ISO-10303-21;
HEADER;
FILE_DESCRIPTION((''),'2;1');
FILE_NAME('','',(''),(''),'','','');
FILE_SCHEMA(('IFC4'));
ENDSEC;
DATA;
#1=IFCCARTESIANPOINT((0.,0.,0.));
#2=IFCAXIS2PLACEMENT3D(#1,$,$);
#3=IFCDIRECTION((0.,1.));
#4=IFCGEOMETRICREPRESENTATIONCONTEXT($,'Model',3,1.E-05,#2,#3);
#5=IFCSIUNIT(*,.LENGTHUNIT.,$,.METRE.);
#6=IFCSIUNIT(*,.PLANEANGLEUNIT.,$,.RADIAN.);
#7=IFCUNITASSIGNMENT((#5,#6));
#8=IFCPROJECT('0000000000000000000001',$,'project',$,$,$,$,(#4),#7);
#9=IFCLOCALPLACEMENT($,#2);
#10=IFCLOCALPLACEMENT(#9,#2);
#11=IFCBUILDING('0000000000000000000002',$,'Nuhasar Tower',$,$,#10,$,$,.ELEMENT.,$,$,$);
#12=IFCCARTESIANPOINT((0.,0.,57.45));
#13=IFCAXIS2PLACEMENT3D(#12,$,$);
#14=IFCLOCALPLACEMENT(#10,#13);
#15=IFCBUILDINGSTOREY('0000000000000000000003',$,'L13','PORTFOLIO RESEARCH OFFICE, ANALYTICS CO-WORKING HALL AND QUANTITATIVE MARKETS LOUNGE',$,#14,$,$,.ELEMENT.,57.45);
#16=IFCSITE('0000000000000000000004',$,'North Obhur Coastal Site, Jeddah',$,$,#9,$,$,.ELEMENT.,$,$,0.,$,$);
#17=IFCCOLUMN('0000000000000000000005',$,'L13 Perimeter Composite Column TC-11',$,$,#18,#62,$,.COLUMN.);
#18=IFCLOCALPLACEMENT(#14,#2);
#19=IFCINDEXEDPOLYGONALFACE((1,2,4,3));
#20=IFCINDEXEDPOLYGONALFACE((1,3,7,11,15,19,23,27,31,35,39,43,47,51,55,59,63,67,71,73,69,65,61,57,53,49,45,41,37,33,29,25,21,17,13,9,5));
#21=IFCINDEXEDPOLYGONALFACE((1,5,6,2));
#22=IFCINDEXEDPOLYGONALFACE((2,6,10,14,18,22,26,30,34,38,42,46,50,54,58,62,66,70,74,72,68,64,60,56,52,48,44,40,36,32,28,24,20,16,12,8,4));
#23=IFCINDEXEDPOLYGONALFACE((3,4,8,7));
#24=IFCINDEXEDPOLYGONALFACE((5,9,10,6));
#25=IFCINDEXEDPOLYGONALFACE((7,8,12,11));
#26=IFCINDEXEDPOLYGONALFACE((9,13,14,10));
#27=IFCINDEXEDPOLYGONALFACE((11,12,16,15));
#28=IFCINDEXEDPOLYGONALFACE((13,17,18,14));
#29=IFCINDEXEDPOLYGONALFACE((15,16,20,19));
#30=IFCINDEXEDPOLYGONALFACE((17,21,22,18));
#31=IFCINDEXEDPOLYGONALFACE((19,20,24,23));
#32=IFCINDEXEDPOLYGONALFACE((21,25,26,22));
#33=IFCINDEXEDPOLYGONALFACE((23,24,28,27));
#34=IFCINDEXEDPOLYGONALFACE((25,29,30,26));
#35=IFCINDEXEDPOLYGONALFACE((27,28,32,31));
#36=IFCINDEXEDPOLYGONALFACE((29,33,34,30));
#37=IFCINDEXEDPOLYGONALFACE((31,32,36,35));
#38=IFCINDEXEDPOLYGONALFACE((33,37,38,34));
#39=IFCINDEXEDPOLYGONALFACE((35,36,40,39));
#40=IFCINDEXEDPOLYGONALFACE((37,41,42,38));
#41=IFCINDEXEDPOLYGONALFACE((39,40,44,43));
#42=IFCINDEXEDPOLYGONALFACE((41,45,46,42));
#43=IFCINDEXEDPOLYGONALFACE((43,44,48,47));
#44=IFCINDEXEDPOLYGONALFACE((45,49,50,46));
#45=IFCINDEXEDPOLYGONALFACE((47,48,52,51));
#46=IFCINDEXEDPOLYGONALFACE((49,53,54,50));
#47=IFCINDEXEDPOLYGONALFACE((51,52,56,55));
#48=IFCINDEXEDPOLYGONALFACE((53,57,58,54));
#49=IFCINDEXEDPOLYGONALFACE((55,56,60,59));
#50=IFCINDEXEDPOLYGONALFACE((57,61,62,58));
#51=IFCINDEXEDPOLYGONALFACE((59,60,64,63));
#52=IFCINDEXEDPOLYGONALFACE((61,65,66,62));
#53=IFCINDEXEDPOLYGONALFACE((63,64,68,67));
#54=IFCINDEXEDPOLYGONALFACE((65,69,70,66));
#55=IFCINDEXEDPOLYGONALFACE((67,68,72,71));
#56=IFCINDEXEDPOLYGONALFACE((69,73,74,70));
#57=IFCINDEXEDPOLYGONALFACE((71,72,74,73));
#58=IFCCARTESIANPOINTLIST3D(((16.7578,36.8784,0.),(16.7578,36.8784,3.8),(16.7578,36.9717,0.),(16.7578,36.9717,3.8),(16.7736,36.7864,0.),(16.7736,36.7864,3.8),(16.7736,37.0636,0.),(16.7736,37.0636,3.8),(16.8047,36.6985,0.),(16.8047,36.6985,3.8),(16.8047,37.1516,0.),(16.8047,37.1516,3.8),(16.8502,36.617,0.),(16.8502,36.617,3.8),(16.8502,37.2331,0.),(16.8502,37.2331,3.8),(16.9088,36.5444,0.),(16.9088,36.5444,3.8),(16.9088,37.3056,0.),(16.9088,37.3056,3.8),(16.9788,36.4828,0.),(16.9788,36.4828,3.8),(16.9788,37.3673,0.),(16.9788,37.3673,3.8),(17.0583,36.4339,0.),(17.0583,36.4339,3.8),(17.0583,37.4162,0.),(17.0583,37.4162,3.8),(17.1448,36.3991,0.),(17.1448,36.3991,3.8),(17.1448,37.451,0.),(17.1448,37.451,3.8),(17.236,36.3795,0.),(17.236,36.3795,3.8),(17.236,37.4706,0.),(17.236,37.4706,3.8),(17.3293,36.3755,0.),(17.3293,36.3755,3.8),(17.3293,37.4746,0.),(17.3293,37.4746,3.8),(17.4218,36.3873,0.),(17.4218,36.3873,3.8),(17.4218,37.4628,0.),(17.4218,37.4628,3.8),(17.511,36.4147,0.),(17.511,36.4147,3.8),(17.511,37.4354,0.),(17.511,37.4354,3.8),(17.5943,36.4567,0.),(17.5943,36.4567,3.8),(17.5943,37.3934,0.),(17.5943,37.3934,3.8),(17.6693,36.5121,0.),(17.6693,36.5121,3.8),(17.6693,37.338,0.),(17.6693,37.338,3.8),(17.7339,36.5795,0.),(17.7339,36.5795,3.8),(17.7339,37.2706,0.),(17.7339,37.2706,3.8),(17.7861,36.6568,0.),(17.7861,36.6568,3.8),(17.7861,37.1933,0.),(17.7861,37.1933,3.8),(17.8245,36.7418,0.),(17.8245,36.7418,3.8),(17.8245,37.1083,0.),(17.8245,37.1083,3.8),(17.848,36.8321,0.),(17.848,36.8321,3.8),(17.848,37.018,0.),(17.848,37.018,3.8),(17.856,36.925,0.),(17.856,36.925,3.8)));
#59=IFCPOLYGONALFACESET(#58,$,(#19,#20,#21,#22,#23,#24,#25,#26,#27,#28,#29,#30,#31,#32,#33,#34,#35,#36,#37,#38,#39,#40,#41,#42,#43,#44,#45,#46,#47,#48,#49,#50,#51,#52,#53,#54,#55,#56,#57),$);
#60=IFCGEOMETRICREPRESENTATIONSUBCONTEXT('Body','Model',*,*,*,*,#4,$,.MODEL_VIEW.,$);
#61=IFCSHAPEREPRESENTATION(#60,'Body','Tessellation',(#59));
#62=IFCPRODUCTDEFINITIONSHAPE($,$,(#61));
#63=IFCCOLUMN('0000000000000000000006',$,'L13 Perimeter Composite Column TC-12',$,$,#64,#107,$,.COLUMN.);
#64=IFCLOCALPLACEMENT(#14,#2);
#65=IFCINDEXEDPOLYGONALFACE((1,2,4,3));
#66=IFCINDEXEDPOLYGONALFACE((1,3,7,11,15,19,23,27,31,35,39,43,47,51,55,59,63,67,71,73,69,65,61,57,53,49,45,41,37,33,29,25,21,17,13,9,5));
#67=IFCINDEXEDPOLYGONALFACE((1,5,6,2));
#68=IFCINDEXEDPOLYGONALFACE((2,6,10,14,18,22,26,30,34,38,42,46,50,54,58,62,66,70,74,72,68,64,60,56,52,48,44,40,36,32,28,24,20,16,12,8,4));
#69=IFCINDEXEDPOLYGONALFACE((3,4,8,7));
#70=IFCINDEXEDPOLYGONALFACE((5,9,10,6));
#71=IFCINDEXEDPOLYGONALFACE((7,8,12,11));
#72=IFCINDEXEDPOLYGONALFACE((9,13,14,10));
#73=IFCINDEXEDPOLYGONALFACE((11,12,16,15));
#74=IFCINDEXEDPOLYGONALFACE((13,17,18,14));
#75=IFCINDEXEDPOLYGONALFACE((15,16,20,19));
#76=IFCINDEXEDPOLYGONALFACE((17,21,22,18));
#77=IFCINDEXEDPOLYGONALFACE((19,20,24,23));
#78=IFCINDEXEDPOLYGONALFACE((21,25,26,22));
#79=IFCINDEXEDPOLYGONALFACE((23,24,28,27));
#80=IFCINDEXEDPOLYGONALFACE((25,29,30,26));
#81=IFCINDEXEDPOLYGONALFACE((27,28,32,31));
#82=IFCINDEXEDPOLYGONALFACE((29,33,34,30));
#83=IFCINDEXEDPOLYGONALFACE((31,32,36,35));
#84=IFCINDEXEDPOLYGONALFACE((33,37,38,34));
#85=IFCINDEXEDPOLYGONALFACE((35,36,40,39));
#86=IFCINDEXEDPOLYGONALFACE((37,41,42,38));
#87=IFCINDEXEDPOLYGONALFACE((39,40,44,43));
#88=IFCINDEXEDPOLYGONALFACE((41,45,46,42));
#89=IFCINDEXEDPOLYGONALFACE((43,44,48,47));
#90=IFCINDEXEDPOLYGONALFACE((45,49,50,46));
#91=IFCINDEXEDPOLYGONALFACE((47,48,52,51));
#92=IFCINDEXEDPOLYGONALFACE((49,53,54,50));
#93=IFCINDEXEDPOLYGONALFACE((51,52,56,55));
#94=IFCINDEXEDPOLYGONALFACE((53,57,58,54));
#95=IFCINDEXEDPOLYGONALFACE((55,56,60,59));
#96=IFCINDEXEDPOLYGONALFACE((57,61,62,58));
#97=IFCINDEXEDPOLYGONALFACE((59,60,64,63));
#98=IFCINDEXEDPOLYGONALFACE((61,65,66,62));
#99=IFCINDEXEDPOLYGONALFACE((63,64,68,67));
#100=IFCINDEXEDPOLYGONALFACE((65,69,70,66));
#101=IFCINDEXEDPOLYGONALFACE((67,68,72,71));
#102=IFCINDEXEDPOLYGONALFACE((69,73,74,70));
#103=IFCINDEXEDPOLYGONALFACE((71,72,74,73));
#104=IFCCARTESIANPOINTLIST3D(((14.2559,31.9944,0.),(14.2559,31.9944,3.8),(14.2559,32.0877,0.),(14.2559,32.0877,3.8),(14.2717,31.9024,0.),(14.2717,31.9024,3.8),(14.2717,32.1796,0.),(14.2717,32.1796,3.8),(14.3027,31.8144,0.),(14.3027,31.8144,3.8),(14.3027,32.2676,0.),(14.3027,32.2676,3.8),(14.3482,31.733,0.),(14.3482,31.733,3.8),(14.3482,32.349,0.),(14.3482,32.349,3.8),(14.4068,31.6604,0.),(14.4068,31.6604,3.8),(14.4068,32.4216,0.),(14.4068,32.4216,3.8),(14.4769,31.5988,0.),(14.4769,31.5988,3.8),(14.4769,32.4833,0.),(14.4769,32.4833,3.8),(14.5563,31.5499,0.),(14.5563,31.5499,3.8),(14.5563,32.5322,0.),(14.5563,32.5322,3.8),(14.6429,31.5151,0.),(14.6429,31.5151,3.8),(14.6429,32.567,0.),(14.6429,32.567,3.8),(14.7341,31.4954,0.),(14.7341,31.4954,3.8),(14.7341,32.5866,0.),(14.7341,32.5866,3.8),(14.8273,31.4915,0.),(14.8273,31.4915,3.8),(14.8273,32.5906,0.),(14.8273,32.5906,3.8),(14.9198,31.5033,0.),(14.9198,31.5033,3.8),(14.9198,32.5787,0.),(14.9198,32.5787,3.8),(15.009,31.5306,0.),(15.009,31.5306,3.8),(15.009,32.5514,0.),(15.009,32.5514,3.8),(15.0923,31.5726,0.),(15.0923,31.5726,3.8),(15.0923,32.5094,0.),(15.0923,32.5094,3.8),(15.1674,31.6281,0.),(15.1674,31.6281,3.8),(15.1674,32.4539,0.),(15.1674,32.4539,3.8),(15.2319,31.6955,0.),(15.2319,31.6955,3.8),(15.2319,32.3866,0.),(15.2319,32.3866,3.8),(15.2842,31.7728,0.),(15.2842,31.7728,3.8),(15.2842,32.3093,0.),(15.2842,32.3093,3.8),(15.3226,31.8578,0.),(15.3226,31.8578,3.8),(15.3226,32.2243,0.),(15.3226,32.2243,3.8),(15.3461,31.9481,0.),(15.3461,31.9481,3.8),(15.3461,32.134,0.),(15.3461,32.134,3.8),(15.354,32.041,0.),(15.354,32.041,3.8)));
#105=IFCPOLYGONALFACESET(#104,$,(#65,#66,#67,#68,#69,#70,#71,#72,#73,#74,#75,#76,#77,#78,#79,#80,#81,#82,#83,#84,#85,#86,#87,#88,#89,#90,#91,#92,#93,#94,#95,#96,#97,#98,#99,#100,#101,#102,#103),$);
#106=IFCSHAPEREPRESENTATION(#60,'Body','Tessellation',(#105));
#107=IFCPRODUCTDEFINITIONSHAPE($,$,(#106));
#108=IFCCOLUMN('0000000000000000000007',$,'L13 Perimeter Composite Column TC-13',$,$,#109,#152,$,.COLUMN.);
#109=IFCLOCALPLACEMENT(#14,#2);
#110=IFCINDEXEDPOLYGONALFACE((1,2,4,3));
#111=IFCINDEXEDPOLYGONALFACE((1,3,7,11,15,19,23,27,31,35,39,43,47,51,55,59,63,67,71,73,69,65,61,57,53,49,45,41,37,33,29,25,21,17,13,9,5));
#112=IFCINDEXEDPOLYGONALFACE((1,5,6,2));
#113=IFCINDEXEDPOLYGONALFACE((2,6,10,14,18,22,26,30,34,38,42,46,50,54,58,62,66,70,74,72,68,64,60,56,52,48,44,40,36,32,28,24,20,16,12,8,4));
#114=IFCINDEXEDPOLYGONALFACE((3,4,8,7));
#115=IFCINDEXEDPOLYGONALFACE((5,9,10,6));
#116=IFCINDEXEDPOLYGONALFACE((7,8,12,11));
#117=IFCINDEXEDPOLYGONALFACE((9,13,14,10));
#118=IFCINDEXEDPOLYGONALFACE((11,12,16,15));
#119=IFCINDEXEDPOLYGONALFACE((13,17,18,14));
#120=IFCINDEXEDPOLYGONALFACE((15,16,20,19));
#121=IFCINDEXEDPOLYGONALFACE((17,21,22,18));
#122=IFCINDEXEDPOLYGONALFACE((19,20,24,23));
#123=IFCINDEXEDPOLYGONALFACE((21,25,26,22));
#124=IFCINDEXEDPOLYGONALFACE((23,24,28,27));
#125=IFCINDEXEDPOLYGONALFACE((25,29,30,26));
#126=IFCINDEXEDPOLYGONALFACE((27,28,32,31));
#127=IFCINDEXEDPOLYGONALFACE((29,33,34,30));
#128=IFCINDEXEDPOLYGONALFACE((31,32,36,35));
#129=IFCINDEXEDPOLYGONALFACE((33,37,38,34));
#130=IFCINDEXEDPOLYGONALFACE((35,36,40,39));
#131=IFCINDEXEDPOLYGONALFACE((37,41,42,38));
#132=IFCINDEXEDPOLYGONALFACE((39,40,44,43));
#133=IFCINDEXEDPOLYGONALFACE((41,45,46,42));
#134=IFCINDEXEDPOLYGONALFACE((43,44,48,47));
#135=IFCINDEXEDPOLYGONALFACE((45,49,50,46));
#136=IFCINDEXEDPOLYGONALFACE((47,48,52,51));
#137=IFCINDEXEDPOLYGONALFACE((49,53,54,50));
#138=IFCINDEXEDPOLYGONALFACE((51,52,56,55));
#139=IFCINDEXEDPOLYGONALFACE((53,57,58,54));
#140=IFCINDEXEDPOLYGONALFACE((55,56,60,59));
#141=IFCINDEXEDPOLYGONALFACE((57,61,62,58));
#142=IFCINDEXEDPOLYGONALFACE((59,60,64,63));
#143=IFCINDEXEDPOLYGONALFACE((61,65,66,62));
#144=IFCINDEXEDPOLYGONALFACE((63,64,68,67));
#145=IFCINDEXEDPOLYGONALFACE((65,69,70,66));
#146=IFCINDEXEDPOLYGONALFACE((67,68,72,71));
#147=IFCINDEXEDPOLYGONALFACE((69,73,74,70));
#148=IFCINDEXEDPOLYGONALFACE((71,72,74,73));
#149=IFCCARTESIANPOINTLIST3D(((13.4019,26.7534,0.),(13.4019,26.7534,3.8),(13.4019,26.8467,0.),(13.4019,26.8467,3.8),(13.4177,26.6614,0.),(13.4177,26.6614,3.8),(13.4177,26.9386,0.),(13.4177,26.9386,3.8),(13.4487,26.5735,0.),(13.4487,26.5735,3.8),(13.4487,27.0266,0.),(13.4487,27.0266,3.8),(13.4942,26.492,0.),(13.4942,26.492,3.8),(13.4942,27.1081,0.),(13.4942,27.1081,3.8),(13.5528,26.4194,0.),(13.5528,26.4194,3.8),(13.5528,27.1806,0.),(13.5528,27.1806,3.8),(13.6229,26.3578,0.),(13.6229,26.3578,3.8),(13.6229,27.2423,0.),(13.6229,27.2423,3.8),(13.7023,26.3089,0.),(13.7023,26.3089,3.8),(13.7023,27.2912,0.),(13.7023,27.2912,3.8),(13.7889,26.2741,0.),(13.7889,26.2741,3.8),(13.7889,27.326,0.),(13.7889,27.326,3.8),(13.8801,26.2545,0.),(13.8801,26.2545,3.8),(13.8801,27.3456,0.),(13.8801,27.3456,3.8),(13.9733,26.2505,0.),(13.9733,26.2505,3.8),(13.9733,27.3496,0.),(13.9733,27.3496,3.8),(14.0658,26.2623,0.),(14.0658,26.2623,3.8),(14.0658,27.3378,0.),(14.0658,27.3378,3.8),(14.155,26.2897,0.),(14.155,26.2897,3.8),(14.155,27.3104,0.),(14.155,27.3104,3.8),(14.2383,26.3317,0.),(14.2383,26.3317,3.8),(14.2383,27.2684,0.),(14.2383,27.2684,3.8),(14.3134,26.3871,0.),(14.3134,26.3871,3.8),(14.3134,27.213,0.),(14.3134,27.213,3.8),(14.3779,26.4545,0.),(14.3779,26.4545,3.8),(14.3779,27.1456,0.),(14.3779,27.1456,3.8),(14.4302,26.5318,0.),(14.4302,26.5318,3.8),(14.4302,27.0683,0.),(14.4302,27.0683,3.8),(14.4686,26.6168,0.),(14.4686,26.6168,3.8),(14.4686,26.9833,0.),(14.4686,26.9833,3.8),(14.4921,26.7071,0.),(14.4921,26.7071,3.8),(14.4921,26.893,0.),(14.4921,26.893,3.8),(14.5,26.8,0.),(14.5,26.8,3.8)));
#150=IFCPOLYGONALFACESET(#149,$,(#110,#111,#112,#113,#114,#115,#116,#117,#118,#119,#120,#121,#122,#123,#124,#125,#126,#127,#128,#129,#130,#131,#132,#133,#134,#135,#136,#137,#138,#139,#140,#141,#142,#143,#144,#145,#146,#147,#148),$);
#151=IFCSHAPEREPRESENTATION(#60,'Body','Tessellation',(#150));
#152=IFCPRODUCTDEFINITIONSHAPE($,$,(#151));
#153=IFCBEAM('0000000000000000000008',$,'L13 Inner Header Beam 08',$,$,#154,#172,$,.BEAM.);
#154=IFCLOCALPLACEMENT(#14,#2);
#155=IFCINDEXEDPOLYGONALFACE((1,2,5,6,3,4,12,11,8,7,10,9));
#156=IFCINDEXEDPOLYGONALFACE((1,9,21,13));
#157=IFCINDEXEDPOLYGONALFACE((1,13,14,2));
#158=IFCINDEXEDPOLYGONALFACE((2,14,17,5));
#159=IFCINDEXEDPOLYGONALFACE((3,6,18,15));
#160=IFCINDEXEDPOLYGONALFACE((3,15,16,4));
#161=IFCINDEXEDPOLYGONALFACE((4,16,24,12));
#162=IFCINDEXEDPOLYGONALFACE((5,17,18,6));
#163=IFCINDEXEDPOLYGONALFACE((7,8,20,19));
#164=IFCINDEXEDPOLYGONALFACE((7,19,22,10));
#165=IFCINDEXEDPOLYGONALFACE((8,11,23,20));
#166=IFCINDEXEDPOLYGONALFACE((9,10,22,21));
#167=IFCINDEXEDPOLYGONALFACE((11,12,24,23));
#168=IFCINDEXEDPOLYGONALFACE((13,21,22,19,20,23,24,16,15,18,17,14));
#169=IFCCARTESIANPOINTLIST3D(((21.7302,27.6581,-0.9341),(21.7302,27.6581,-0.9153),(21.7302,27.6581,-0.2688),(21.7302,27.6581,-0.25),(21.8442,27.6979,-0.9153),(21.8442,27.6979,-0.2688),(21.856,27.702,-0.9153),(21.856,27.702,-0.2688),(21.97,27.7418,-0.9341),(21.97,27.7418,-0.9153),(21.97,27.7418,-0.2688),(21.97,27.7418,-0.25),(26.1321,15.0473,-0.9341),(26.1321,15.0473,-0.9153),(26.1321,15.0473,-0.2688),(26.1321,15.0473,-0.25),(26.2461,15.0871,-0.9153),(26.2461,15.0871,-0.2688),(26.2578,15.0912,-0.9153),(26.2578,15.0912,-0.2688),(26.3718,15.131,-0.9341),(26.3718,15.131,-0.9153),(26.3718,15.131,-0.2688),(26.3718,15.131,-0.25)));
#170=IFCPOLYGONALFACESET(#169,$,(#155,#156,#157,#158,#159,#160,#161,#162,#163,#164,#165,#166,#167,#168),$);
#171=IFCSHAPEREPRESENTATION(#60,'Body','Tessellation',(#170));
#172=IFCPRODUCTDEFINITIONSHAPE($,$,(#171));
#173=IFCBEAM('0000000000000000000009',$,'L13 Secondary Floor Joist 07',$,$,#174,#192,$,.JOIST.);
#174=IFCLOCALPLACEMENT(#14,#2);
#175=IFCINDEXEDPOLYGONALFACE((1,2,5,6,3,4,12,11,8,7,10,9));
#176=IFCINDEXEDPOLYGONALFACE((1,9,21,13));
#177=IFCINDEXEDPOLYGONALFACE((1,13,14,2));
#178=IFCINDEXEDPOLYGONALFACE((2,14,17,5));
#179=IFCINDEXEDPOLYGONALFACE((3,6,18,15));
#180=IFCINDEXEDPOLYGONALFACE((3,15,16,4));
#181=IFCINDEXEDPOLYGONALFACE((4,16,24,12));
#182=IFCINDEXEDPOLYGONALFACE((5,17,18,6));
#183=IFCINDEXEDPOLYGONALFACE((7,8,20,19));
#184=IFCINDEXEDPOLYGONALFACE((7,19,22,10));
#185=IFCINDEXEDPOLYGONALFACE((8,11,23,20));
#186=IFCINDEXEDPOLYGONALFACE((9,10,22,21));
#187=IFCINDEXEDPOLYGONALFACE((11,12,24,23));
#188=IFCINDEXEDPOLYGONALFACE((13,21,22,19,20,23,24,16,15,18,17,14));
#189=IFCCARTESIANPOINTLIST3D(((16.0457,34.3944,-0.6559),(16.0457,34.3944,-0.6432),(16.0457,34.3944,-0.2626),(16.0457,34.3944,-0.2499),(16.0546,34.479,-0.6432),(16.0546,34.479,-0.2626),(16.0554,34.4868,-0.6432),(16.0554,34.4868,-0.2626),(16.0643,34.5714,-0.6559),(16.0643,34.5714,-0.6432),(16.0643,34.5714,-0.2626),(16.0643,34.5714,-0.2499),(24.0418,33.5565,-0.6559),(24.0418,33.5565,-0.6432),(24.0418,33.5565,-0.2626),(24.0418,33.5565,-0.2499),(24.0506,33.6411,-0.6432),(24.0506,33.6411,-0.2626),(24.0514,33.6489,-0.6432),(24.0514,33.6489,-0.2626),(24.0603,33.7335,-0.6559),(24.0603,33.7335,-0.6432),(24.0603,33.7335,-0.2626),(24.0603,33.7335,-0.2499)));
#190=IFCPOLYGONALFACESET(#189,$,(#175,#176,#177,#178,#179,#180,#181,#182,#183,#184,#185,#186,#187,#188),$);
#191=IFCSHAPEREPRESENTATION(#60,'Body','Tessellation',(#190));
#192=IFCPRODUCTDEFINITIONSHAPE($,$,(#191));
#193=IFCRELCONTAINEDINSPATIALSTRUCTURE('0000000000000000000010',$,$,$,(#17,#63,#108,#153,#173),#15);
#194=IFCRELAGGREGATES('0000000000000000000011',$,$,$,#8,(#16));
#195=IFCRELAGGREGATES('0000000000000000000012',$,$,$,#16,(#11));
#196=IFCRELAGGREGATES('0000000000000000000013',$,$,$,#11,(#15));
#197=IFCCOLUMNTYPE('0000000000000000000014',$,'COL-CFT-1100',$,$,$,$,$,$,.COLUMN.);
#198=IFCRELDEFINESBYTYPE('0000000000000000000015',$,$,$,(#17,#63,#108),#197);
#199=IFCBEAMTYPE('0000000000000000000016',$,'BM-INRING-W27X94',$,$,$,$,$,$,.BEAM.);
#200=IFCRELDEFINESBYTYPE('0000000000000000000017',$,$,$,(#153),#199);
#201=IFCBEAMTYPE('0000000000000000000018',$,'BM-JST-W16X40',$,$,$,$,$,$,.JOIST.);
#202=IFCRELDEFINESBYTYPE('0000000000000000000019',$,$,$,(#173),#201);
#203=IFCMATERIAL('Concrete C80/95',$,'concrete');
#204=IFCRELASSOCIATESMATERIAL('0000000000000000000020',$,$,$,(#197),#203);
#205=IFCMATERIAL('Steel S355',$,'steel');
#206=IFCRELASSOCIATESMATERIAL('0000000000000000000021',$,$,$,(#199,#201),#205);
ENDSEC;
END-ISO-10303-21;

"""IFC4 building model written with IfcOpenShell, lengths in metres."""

from ifc_helpers import new_model, si_unit, direction, frame, origin, origin_2d, place, context, subcontext, project, spatial, circle, i_section, extrude, material, material_profile, profile_set, type_object, element, save


model = new_model("IFC4")

# Units and contexts
model_context = context("Model", 3, precision=1e-05, world=origin(), true_north=direction((0.0, 1.0)))
body_context = subcontext(model_context, "Body", "Model", "MODEL_VIEW")
ifc_project = project(units=[si_unit("LENGTHUNIT", "METRE"), si_unit("PLANEANGLEUNIT", "RADIAN")], contexts=[model_context])

# Site, building, storey
site_placement = place(None, origin())
site = spatial("IfcSite", under=ifc_project, at=site_placement, Name="North Obhur Coastal Site, Jeddah", CompositionType="ELEMENT", RefElevation=0.0)
building_placement = place(site_placement, origin())
building = spatial("IfcBuilding", under=site, at=building_placement, Name="Nuhasar Tower", CompositionType="ELEMENT")
storey_placement = place(building_placement, frame((0.0, 0.0, 57.45)))
storey = spatial("IfcBuildingStorey", under=building, at=storey_placement, Name="L13", Description="PORTFOLIO RESEARCH OFFICE, ANALYTICS CO-WORKING HALL AND QUANTITATIVE MARKETS LOUNGE", CompositionType="ELEMENT", Elevation=57.45)

# Columns
ifc_material_1 = material(Name="Concrete C80/95", Category="concrete")
ifc_material_profile_1 = material_profile(ifc_material_1, circle(Radius=0.55, at=origin_2d()), Name="CFT1100")
ifc_profile_set_1 = profile_set([ifc_material_profile_1], Name="Concrete C80/95")
column_type = type_object("IfcColumnType", Name="COL-CFT-1100", PredefinedType="COLUMN", material=ifc_profile_set_1)
for number, where, z_axis, x_axis, name in (
    (1, (17.3059, 36.925, 0.0), (0.0, 0.0, 1.0), (1.0, 0.0, 0.0), "L13 Perimeter Composite Column TC-11"),
    (2, (14.804, 32.041, 0.0), (0.0, 0.0, 1.0), (1.0, 0.0, 0.0), "L13 Perimeter Composite Column TC-12"),
    (3, (13.95, 26.8, 0.0), (0.0, 0.0, 1.0), (1.0, 0.0, 0.0), "L13 Perimeter Composite Column TC-13"),
):
    element("IfcColumn", number, at=place(storey_placement, frame(where, z_axis=z_axis, x_axis=x_axis)), inside=storey, type_object=column_type, Name=name, PredefinedType="COLUMN", context=body_context, shape_type="SweptSolid", body=[
        extrude(circle(Radius=0.55, at=origin_2d()), origin(), (0.0, 0.0, 1.0), 3.8),
    ])

# Beams
ifc_material_2 = material(Name="Steel S355", Category="steel")
ifc_material_profile_2 = material_profile(ifc_material_2, i_section(OverallWidth=0.2539, OverallDepth=0.6841, WebThickness=0.0125, FlangeThickness=0.0188, at=origin_2d()), Name="W27X94")
ifc_profile_set_2 = profile_set([ifc_material_profile_2], Name="Steel S355")
beam_type_1 = type_object("IfcBeamType", Name="BM-INRING-W27X94", PredefinedType="BEAM", material=ifc_profile_set_2)
beam_1_placement = place(storey_placement, frame((21.8501, 27.7, -0.592), z_axis=(0.329554, -0.944137, 0.0), x_axis=(0.944137, 0.329554, 0.0)))
element("IfcBeam", 4, at=beam_1_placement, inside=storey, type_object=beam_type_1, Name="L13 Inner Header Beam 08", PredefinedType="BEAM", context=body_context, shape_type="SweptSolid", body=[
    extrude(i_section(OverallWidth=0.2539, OverallDepth=0.6841, WebThickness=0.0125, FlangeThickness=0.0188, at=origin_2d()), origin(), (0.0, 0.0, 1.0), 13.3569),
])
ifc_material_profile_3 = material_profile(ifc_material_2, i_section(OverallWidth=0.178, OverallDepth=0.406, WebThickness=0.0078, FlangeThickness=0.0127, at=origin_2d()), Name="W16X40")
ifc_profile_set_3 = profile_set([ifc_material_profile_3], Name="Steel S355")
beam_type_2 = type_object("IfcBeamType", Name="BM-JST-W16X40", PredefinedType="JOIST", material=ifc_profile_set_3)
beam_2_placement = place(storey_placement, frame((24.051, 33.645, -0.4529), z_axis=(-0.994555, 0.104217, 0.0), x_axis=(-0.104217, -0.994555, 0.0)))
element("IfcBeam", 5, at=beam_2_placement, inside=storey, type_object=beam_type_2, Name="L13 Secondary Floor Joist 07", PredefinedType="JOIST", context=body_context, shape_type="SweptSolid", body=[
    extrude(i_section(OverallWidth=0.178, OverallDepth=0.406, WebThickness=0.0078, FlangeThickness=0.0127, at=origin_2d()), origin(), (0.0, 0.0, 1.0), 8.0398),
])

save(model, "model.ifc")
